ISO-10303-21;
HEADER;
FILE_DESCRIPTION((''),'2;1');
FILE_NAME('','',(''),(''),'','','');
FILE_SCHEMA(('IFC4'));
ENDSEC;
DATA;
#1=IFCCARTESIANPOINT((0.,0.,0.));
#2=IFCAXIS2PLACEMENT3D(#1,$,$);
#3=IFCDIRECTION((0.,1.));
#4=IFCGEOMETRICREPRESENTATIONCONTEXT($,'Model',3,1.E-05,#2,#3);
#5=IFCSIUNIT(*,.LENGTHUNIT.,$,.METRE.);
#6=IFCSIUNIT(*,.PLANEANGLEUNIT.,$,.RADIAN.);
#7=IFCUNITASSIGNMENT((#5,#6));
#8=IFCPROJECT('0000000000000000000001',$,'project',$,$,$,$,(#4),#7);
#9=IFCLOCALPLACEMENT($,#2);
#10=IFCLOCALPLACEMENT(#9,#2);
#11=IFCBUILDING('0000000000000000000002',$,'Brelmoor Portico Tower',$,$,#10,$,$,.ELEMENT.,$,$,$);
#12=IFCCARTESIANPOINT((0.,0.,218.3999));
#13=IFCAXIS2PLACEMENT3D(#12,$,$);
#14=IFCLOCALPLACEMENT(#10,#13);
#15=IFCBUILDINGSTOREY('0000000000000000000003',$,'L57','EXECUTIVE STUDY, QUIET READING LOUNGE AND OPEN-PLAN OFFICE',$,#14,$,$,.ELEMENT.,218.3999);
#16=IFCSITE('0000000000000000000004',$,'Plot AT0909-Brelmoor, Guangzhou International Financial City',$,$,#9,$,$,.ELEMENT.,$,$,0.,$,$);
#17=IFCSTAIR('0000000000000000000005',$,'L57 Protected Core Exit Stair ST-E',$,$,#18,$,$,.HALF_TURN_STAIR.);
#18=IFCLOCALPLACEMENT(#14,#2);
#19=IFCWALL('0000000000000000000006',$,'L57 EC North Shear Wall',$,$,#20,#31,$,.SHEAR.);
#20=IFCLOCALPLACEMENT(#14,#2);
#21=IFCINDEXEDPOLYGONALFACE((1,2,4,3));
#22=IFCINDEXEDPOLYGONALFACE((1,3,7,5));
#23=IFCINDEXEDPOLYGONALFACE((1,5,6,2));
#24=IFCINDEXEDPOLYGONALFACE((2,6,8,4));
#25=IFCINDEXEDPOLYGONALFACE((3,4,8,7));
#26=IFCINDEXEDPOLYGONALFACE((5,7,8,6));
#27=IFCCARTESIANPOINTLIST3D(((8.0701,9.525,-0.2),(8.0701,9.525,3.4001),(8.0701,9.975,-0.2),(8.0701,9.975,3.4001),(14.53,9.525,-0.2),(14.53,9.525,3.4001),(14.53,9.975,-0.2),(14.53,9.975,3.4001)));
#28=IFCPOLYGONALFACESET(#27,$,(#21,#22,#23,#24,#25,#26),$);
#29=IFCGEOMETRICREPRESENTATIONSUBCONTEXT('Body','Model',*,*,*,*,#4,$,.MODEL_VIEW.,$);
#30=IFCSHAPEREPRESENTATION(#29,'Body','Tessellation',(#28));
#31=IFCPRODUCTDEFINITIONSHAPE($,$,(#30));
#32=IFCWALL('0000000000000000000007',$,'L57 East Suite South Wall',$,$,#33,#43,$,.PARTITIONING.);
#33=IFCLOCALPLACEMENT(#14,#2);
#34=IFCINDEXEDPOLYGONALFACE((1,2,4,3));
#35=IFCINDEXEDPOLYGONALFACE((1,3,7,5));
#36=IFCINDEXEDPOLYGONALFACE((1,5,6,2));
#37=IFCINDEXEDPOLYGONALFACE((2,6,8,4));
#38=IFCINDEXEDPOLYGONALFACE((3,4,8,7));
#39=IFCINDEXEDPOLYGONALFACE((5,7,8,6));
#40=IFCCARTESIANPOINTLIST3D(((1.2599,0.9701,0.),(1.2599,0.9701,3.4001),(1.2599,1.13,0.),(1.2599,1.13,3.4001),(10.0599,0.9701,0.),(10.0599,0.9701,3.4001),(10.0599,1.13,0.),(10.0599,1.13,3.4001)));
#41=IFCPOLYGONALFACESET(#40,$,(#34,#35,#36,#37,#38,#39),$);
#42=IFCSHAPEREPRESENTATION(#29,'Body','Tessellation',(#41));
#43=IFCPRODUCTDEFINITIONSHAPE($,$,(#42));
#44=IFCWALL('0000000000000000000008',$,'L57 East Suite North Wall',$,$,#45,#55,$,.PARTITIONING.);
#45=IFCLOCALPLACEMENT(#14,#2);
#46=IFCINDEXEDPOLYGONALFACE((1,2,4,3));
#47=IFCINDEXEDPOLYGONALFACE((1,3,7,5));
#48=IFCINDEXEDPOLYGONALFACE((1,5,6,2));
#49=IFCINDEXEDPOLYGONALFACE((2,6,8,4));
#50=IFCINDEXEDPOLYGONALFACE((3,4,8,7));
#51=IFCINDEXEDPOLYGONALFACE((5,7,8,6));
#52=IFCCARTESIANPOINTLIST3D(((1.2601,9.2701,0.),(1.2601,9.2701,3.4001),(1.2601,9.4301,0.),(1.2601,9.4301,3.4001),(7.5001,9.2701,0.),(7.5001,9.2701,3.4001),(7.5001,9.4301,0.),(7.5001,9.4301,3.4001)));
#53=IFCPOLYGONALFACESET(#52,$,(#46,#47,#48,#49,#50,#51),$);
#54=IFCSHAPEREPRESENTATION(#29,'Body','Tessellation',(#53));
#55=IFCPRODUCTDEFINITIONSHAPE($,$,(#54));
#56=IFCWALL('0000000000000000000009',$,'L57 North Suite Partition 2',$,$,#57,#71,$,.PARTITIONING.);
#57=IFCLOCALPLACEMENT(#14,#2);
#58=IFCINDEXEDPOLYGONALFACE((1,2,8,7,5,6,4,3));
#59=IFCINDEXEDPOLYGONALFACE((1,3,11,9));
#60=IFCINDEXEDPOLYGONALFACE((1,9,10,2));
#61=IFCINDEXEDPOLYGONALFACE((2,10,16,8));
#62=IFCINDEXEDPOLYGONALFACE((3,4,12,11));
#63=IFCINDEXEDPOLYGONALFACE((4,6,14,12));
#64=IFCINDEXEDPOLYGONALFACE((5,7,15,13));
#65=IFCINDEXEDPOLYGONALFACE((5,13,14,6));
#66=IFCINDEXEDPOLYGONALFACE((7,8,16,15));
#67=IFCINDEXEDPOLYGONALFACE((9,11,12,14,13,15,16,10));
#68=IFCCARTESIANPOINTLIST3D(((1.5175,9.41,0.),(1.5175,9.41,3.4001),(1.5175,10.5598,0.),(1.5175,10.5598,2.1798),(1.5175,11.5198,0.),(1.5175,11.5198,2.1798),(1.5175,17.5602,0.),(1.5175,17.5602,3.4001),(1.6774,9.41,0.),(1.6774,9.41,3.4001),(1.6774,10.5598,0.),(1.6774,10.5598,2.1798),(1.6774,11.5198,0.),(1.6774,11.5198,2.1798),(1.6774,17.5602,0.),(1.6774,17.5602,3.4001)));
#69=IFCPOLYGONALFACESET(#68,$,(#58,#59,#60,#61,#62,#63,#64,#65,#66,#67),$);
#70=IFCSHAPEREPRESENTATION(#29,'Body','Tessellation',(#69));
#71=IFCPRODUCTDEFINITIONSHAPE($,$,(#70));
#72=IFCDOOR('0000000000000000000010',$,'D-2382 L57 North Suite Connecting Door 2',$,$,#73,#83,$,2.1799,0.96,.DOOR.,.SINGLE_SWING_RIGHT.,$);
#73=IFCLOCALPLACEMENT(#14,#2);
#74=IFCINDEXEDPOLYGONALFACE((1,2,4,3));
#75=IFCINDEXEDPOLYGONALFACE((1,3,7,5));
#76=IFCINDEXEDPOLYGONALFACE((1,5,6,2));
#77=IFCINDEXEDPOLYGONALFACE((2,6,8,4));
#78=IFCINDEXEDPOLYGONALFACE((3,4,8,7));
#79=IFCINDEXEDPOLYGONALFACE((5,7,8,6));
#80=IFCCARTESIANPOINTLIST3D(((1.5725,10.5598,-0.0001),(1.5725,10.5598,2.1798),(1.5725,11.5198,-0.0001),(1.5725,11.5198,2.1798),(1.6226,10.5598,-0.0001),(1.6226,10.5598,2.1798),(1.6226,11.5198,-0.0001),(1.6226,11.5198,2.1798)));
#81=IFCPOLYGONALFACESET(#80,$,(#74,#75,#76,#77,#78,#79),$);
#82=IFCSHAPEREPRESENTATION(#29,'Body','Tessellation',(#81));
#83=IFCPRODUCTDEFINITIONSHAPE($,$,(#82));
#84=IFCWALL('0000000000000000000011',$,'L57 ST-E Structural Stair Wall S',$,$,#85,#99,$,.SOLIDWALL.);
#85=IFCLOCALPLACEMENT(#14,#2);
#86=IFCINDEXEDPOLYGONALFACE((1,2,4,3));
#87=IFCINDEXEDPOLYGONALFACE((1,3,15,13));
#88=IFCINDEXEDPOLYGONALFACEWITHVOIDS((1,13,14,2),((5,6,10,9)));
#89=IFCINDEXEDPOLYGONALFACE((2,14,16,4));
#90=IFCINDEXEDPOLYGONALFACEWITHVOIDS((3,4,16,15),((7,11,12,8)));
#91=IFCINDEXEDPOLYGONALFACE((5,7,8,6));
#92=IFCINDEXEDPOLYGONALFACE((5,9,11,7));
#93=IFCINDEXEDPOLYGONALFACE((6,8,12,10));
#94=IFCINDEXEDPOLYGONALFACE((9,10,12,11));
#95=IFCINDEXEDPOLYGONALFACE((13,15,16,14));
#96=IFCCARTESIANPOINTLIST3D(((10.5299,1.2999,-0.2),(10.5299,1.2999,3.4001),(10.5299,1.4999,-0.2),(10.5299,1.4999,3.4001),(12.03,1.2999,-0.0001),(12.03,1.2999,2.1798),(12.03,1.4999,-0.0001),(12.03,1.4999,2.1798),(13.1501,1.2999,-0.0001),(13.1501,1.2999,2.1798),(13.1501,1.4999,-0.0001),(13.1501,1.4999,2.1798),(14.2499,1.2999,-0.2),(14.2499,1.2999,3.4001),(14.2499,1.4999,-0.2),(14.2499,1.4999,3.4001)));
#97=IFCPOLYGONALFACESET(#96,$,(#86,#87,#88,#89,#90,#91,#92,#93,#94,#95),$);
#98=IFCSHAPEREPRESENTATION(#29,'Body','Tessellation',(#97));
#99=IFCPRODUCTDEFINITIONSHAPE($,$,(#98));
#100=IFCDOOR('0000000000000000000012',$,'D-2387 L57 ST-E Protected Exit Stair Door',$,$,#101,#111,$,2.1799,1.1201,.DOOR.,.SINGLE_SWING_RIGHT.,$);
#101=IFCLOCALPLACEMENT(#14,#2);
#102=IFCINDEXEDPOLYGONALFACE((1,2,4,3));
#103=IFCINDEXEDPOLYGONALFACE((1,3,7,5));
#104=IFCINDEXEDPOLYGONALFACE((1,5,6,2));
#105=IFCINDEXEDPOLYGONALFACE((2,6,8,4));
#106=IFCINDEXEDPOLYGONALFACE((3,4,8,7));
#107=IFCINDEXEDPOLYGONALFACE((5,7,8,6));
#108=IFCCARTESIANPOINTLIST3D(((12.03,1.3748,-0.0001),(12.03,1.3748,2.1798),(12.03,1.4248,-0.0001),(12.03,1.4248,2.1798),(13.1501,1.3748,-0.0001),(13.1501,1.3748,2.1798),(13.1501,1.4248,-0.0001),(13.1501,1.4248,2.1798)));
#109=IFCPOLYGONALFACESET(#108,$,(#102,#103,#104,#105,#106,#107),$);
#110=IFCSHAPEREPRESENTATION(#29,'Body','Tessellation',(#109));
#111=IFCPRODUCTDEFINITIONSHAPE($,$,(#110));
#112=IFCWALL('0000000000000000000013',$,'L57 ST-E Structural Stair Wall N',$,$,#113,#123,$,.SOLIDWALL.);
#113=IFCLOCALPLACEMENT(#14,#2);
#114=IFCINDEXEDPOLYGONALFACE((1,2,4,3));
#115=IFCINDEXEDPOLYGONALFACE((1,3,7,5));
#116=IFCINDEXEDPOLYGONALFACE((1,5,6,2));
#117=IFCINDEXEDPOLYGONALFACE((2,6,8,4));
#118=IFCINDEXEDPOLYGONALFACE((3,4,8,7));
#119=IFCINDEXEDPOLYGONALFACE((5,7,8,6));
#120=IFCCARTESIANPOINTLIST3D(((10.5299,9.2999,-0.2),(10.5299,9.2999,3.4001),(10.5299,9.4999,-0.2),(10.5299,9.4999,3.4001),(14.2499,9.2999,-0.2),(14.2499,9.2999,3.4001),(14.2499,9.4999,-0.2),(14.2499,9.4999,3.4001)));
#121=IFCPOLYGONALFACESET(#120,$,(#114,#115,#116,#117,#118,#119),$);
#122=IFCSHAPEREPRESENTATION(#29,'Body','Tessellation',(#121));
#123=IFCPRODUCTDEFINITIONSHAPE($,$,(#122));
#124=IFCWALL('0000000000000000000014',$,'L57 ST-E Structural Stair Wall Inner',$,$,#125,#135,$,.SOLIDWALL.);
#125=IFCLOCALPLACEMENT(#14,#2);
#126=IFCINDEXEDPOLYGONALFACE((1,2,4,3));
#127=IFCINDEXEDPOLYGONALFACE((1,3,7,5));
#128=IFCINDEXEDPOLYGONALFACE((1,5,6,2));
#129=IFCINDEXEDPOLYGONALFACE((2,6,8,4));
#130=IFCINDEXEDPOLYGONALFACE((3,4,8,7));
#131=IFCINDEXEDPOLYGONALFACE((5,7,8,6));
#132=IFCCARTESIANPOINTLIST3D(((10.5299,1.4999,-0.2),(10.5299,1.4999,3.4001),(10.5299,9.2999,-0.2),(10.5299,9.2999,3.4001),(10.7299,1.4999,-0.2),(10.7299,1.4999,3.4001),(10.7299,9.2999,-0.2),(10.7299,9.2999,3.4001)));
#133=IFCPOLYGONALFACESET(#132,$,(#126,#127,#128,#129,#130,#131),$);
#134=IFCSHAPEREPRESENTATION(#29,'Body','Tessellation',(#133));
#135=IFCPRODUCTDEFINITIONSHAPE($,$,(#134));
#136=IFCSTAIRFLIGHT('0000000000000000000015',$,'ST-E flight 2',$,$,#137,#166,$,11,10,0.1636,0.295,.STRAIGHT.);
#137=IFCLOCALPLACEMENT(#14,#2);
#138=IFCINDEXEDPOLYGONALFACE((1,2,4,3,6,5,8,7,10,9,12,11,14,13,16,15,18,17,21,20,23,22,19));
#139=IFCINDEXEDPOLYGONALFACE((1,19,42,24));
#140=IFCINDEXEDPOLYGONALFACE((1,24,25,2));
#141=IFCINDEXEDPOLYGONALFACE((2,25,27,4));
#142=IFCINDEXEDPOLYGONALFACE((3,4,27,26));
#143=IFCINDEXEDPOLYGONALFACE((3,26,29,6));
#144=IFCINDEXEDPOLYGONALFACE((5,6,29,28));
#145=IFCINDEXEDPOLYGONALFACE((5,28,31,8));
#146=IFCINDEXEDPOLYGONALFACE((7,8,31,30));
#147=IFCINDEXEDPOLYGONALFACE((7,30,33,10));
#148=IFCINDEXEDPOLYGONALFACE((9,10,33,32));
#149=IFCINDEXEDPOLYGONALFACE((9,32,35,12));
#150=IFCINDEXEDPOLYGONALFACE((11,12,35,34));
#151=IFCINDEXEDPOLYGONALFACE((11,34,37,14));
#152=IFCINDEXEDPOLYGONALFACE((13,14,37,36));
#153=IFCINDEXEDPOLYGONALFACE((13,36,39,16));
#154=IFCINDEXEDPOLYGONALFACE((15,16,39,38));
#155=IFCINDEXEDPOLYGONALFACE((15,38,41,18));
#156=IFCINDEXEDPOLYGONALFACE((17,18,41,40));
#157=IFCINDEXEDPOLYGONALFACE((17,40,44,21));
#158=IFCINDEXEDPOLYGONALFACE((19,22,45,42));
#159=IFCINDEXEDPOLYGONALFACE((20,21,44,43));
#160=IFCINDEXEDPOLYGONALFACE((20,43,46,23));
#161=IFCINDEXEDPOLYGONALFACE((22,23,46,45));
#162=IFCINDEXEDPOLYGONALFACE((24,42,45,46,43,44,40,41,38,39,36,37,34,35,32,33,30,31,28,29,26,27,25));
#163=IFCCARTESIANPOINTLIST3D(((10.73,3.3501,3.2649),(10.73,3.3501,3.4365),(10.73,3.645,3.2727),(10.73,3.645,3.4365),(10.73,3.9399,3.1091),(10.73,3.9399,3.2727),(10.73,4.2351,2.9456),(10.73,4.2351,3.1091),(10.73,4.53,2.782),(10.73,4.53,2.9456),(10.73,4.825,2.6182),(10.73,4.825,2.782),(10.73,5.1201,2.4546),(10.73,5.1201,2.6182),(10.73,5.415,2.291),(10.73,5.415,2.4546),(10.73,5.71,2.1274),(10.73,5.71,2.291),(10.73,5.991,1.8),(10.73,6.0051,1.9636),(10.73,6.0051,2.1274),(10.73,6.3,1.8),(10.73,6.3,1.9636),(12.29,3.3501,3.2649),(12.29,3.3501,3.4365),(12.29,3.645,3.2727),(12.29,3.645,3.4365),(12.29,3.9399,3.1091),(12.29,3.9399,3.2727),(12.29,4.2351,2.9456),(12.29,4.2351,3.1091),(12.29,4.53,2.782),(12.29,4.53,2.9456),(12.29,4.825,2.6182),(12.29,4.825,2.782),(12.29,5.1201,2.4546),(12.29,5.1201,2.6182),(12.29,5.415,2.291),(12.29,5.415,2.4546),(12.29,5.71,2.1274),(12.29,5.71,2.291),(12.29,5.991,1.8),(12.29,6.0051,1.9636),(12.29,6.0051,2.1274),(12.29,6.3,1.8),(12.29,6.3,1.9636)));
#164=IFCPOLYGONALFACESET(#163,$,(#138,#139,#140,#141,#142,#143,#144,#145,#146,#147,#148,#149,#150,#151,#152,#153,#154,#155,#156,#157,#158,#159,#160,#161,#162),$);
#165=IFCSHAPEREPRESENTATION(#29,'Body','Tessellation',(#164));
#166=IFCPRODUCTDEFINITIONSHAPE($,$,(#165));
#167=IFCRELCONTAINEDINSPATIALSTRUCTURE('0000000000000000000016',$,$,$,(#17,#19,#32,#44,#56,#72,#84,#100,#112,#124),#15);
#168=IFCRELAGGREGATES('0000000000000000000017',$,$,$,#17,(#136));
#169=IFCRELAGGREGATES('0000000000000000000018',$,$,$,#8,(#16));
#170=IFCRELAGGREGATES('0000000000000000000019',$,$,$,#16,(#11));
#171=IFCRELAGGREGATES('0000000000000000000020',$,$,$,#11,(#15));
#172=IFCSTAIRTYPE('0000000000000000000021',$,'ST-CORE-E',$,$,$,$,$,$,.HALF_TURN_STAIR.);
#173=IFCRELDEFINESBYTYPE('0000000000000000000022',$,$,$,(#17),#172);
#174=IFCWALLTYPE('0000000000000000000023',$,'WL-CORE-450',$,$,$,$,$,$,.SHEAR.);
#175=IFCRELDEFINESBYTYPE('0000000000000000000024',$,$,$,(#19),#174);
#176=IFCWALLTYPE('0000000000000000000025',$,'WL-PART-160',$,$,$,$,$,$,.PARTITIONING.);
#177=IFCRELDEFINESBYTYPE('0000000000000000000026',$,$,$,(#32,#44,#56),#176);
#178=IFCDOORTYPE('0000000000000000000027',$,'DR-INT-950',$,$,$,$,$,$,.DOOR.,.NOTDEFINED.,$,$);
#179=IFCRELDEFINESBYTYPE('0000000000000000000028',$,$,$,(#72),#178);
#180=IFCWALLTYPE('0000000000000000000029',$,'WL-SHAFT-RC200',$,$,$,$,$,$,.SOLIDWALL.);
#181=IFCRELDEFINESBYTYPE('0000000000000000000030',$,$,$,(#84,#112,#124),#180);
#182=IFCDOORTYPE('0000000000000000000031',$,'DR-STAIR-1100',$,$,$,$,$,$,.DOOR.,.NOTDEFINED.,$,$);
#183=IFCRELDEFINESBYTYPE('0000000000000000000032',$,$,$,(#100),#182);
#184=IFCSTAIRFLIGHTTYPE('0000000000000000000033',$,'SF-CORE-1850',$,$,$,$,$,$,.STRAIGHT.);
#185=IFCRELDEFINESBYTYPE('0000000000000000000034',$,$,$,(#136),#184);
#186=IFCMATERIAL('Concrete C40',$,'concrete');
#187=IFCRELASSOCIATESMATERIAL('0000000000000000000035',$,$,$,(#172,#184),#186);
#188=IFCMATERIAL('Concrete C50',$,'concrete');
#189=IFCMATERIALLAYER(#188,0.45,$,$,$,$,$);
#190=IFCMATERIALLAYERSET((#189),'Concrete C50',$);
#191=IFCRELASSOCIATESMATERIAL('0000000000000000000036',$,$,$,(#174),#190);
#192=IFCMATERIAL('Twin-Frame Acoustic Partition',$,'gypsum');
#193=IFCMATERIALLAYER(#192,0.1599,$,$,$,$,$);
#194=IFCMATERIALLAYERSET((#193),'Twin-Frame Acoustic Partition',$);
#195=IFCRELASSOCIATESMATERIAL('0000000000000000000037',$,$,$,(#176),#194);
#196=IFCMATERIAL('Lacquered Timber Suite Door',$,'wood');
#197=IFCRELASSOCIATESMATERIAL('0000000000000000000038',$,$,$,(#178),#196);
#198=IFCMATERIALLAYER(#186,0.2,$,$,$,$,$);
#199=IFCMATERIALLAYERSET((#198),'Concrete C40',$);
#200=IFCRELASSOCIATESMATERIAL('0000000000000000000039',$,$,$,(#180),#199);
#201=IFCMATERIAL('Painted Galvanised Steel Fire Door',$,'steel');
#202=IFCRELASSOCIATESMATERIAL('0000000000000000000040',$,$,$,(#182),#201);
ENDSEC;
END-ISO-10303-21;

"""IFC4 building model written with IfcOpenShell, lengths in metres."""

from ifc_helpers import new_model, si_unit, direction, frame, frame_2d, origin, place, context, subcontext, project, spatial, polyline, rectangle, outline, extrude, material, layer, layer_set, type_object, element, fill, aggregate, save


model = new_model("IFC4")

# Units and contexts
model_context = context("Model", 3, precision=1e-05, world=origin(), true_north=direction((0.0, 1.0)))
body_context = subcontext(model_context, "Body", "Model", "MODEL_VIEW")
ifc_project = project(units=[si_unit("LENGTHUNIT", "METRE"), si_unit("PLANEANGLEUNIT", "RADIAN")], contexts=[model_context])

# Site, building, storey
site_placement = place(None, origin())
site = spatial("IfcSite", under=ifc_project, at=site_placement, Name="Plot AT0909-Brelmoor, Guangzhou International Financial City", CompositionType="ELEMENT", RefElevation=0.0)
building_placement = place(site_placement, origin())
building = spatial("IfcBuilding", under=site, at=building_placement, Name="Brelmoor Portico Tower", CompositionType="ELEMENT")
storey_placement = place(building_placement, frame((0.0, 0.0, 218.3999)))
storey = spatial("IfcBuildingStorey", under=building, at=storey_placement, Name="L57", Description="EXECUTIVE STUDY, QUIET READING LOUNGE AND OPEN-PLAN OFFICE", CompositionType="ELEMENT", Elevation=218.3999)

# Stair
ifc_material_1 = material(Name="Concrete C40", Category="concrete")
stair_type_1 = type_object("IfcStairType", Name="ST-CORE-E", PredefinedType="HALF_TURN_STAIR", material=ifc_material_1)
stair_1_placement = place(storey_placement, origin())
stair_1 = element("IfcStair", 1, at=stair_1_placement, inside=storey, type_object=stair_type_1, Name="L57 Protected Core Exit Stair ST-E", PredefinedType="HALF_TURN_STAIR")

# Walls
ifc_material_2 = material(Name="Concrete C50", Category="concrete")
ifc_layer_1 = layer(ifc_material_2, 0.45)
ifc_layer_set_1 = layer_set([ifc_layer_1], Name="Concrete C50")
wall_type_1 = type_object("IfcWallType", Name="WL-CORE-450", PredefinedType="SHEAR", material=ifc_layer_set_1)
wall_1_placement = place(storey_placement, frame((8.0701, 9.75, -0.2), z_axis=(0.0, 0.0, 1.0), x_axis=(1.0, 0.0, 0.0)))
element("IfcWall", 2, at=wall_1_placement, inside=storey, type_object=wall_type_1, Name="L57 EC North Shear Wall", PredefinedType="SHEAR", context=body_context, shape_type="SweptSolid", body=[
    extrude(rectangle(XDim=6.46, YDim=0.45, at=frame_2d((3.23, 0.0))), origin(), (0.0, 0.0, 1.0), 3.6001),
])
ifc_material_3 = material(Name="Twin-Frame Acoustic Partition", Category="gypsum")
ifc_layer_2 = layer(ifc_material_3, 0.1599)
ifc_layer_set_2 = layer_set([ifc_layer_2], Name="Twin-Frame Acoustic Partition")
wall_type_2 = type_object("IfcWallType", Name="WL-PART-160", PredefinedType="PARTITIONING", material=ifc_layer_set_2)
wall_2_placement = place(storey_placement, frame((1.26, 1.05, 0.0), z_axis=(0.0, 0.0, 1.0), x_axis=(1.0, 0.0, 0.0)))
element("IfcWall", 3, at=wall_2_placement, inside=storey, type_object=wall_type_2, Name="L57 East Suite South Wall", PredefinedType="PARTITIONING", context=body_context, shape_type="SweptSolid", body=[
    extrude(rectangle(XDim=8.8, YDim=0.1599, at=frame_2d((4.3999, 0.0))), origin(), (0.0, 0.0, 1.0), 3.4001),
])
wall_3_placement = place(storey_placement, frame((1.26, 9.3501, 0.0), z_axis=(0.0, 0.0, 1.0), x_axis=(1.0, 0.0, 0.0)))
element("IfcWall", 4, at=wall_3_placement, inside=storey, type_object=wall_type_2, Name="L57 East Suite North Wall", PredefinedType="PARTITIONING", context=body_context, shape_type="SweptSolid", body=[
    extrude(rectangle(XDim=6.24, YDim=0.1599, at=frame_2d((3.1201, 0.0))), origin(), (0.0, 0.0, 1.0), 3.4001),
])

# Walls, openings, doors
wall_4_placement = place(storey_placement, frame((1.5974, 9.4099, 0.0), z_axis=(0.0, 0.0, 1.0), x_axis=(0.0, 1.0, 0.0)))
wall_4 = element("IfcWall", 5, at=wall_4_placement, inside=storey, type_object=wall_type_2, Name="L57 North Suite Partition 2", PredefinedType="PARTITIONING", context=body_context, shape_type="SweptSolid", body=[
    extrude(rectangle(XDim=8.1501, YDim=0.1599, at=frame_2d((4.0752, 0.0))), origin(), (0.0, 0.0, 1.0), 3.4001),
])
opening_1_placement = place(wall_4_placement, frame((1.1499, 0.0, 0.0)))
opening_1 = element("IfcOpeningElement", 6, at=opening_1_placement, cuts=wall_4, PredefinedType="OPENING", context=body_context, shape_type="SweptSolid", body=[
    extrude(rectangle(XDim=0.96, YDim=2.1799, at=frame_2d((0.48, 1.0898))), frame((0.0, 0.0898, 0.0), z_axis=(0.0, -1.0, 0.0), x_axis=(1.0, 0.0, 0.0)), (0.0, 0.0, 1.0), 0.1799),
])
ifc_material_4 = material(Name="Lacquered Timber Suite Door", Category="wood")
door_type_1 = type_object("IfcDoorType", Name="DR-INT-950", OperationType="NOTDEFINED", PredefinedType="DOOR", material=ifc_material_4)
door_1_placement = place(opening_1_placement, origin())
door_1 = element("IfcDoor", 7, at=door_1_placement, inside=storey, type_object=door_type_1, Name="D-2382 L57 North Suite Connecting Door 2", OperationType="SINGLE_SWING_RIGHT", OverallHeight=2.1799, OverallWidth=0.96, PredefinedType="DOOR", context=body_context, shape_type="SweptSolid", body=[
    extrude(rectangle(XDim=0.96, YDim=2.1799, at=frame_2d((0.48, 1.0898))), frame((0.0, 0.0249, 0.0), z_axis=(0.0, -1.0, 0.0), x_axis=(1.0, 0.0, 0.0)), (0.0, 0.0, 1.0), 0.05),
])
fill(opening_1, door_1)
ifc_layer_3 = layer(ifc_material_1, 0.2)
ifc_layer_set_3 = layer_set([ifc_layer_3], Name="Concrete C40")
wall_type_3 = type_object("IfcWallType", Name="WL-SHAFT-RC200", PredefinedType="SOLIDWALL", material=ifc_layer_set_3)
wall_5_placement = place(storey_placement, frame((10.53, 1.3999, -0.2), z_axis=(0.0, 0.0, 1.0), x_axis=(1.0, 0.0, 0.0)))
wall_5 = element("IfcWall", 8, at=wall_5_placement, inside=storey, type_object=wall_type_3, Name="L57 ST-E Structural Stair Wall S", PredefinedType="SOLIDWALL", context=body_context, shape_type="SweptSolid", body=[
    extrude(rectangle(XDim=3.72, YDim=0.2, at=frame_2d((1.8599, 0.0))), origin(), (0.0, 0.0, 1.0), 3.6001),
])
opening_2_placement = place(wall_5_placement, frame((1.5, 0.0, 0.2)))
opening_2 = element("IfcOpeningElement", 9, at=opening_2_placement, cuts=wall_5, PredefinedType="OPENING", context=body_context, shape_type="SweptSolid", body=[
    extrude(rectangle(XDim=1.1201, YDim=2.1799, at=frame_2d((0.5601, 1.0898))), frame((0.0, 0.1099, 0.0), z_axis=(0.0, -1.0, 0.0), x_axis=(1.0, 0.0, 0.0)), (0.0, 0.0, 1.0), 0.22),
])
ifc_material_5 = material(Name="Painted Galvanised Steel Fire Door", Category="steel")
door_type_2 = type_object("IfcDoorType", Name="DR-STAIR-1100", OperationType="NOTDEFINED", PredefinedType="DOOR", material=ifc_material_5)
door_2_placement = place(opening_2_placement, origin())
door_2 = element("IfcDoor", 10, at=door_2_placement, inside=storey, type_object=door_type_2, Name="D-2387 L57 ST-E Protected Exit Stair Door", OperationType="SINGLE_SWING_RIGHT", OverallHeight=2.1799, OverallWidth=1.1201, PredefinedType="DOOR", context=body_context, shape_type="SweptSolid", body=[
    extrude(rectangle(XDim=1.1201, YDim=2.1799, at=frame_2d((0.5601, 1.0898))), frame((0.0, 0.0249, 0.0), z_axis=(0.0, -1.0, 0.0), x_axis=(1.0, 0.0, 0.0)), (0.0, 0.0, 1.0), 0.05),
])
fill(opening_2, door_2)

# Walls
wall_6_placement = place(storey_placement, frame((10.53, 9.3999, -0.2), z_axis=(0.0, 0.0, 1.0), x_axis=(1.0, 0.0, 0.0)))
element("IfcWall", 11, at=wall_6_placement, inside=storey, type_object=wall_type_3, Name="L57 ST-E Structural Stair Wall N", PredefinedType="SOLIDWALL", context=body_context, shape_type="SweptSolid", body=[
    extrude(rectangle(XDim=3.72, YDim=0.2, at=frame_2d((1.8599, 0.0))), origin(), (0.0, 0.0, 1.0), 3.6001),
])
wall_7_placement = place(storey_placement, frame((10.6299, 1.5, -0.2), z_axis=(0.0, 0.0, 1.0), x_axis=(0.0, 1.0, 0.0)))
element("IfcWall", 12, at=wall_7_placement, inside=storey, type_object=wall_type_3, Name="L57 ST-E Structural Stair Wall Inner", PredefinedType="SOLIDWALL", context=body_context, shape_type="SweptSolid", body=[
    extrude(rectangle(XDim=7.8, YDim=0.2, at=frame_2d((3.8999, 0.0))), origin(), (0.0, 0.0, 1.0), 3.6001),
])

# Stair flight
stair_flight_type = type_object("IfcStairFlightType", Name="SF-CORE-1850", PredefinedType="STRAIGHT", material=ifc_material_1)
stair_flight_placement = place(storey_placement, frame((11.51, 6.3, 1.8), z_axis=(0.0, 0.0, 1.0), x_axis=(0.0, -1.0, 0.0)))
stair_flight = element("IfcStairFlight", 13, at=stair_flight_placement, type_object=stair_flight_type, Name="ST-E flight 2", NumberOfRisers=11, NumberOfTreads=10, PredefinedType="STRAIGHT", RiserHeight=0.1636, TreadLength=0.295, context=body_context, shape_type="SweptSolid", body=[
    extrude(outline(polyline([(0.0, 0.0), (0.0, 0.1636), (0.2949, 0.1636), (0.2949, 0.3274), (0.5901, 0.3274), (0.5901, 0.491), (0.885, 0.491), (0.885, 0.6545), (1.1799, 0.6545), (1.1799, 0.8181), (1.4751, 0.8181), (1.4751, 0.9819), (1.77, 0.9819), (1.77, 1.1455), (2.0649, 1.1455), (2.0649, 1.3091), (2.3601, 1.3091), (2.3601, 1.4727), (2.655, 1.4727), (2.655, 1.6365), (2.95, 1.6365), (2.95, 1.8), (2.95, 1.4648), (0.3091, 0.0), (0.0, 0.0)])), frame((0.0, 0.78, 0.0), z_axis=(0.0, -1.0, 0.0), x_axis=(1.0, 0.0, 0.0)), (0.0, 0.0, 1.0), 1.5601),
])
aggregate(stair_1, [stair_flight])

save(model, "model.ifc")
